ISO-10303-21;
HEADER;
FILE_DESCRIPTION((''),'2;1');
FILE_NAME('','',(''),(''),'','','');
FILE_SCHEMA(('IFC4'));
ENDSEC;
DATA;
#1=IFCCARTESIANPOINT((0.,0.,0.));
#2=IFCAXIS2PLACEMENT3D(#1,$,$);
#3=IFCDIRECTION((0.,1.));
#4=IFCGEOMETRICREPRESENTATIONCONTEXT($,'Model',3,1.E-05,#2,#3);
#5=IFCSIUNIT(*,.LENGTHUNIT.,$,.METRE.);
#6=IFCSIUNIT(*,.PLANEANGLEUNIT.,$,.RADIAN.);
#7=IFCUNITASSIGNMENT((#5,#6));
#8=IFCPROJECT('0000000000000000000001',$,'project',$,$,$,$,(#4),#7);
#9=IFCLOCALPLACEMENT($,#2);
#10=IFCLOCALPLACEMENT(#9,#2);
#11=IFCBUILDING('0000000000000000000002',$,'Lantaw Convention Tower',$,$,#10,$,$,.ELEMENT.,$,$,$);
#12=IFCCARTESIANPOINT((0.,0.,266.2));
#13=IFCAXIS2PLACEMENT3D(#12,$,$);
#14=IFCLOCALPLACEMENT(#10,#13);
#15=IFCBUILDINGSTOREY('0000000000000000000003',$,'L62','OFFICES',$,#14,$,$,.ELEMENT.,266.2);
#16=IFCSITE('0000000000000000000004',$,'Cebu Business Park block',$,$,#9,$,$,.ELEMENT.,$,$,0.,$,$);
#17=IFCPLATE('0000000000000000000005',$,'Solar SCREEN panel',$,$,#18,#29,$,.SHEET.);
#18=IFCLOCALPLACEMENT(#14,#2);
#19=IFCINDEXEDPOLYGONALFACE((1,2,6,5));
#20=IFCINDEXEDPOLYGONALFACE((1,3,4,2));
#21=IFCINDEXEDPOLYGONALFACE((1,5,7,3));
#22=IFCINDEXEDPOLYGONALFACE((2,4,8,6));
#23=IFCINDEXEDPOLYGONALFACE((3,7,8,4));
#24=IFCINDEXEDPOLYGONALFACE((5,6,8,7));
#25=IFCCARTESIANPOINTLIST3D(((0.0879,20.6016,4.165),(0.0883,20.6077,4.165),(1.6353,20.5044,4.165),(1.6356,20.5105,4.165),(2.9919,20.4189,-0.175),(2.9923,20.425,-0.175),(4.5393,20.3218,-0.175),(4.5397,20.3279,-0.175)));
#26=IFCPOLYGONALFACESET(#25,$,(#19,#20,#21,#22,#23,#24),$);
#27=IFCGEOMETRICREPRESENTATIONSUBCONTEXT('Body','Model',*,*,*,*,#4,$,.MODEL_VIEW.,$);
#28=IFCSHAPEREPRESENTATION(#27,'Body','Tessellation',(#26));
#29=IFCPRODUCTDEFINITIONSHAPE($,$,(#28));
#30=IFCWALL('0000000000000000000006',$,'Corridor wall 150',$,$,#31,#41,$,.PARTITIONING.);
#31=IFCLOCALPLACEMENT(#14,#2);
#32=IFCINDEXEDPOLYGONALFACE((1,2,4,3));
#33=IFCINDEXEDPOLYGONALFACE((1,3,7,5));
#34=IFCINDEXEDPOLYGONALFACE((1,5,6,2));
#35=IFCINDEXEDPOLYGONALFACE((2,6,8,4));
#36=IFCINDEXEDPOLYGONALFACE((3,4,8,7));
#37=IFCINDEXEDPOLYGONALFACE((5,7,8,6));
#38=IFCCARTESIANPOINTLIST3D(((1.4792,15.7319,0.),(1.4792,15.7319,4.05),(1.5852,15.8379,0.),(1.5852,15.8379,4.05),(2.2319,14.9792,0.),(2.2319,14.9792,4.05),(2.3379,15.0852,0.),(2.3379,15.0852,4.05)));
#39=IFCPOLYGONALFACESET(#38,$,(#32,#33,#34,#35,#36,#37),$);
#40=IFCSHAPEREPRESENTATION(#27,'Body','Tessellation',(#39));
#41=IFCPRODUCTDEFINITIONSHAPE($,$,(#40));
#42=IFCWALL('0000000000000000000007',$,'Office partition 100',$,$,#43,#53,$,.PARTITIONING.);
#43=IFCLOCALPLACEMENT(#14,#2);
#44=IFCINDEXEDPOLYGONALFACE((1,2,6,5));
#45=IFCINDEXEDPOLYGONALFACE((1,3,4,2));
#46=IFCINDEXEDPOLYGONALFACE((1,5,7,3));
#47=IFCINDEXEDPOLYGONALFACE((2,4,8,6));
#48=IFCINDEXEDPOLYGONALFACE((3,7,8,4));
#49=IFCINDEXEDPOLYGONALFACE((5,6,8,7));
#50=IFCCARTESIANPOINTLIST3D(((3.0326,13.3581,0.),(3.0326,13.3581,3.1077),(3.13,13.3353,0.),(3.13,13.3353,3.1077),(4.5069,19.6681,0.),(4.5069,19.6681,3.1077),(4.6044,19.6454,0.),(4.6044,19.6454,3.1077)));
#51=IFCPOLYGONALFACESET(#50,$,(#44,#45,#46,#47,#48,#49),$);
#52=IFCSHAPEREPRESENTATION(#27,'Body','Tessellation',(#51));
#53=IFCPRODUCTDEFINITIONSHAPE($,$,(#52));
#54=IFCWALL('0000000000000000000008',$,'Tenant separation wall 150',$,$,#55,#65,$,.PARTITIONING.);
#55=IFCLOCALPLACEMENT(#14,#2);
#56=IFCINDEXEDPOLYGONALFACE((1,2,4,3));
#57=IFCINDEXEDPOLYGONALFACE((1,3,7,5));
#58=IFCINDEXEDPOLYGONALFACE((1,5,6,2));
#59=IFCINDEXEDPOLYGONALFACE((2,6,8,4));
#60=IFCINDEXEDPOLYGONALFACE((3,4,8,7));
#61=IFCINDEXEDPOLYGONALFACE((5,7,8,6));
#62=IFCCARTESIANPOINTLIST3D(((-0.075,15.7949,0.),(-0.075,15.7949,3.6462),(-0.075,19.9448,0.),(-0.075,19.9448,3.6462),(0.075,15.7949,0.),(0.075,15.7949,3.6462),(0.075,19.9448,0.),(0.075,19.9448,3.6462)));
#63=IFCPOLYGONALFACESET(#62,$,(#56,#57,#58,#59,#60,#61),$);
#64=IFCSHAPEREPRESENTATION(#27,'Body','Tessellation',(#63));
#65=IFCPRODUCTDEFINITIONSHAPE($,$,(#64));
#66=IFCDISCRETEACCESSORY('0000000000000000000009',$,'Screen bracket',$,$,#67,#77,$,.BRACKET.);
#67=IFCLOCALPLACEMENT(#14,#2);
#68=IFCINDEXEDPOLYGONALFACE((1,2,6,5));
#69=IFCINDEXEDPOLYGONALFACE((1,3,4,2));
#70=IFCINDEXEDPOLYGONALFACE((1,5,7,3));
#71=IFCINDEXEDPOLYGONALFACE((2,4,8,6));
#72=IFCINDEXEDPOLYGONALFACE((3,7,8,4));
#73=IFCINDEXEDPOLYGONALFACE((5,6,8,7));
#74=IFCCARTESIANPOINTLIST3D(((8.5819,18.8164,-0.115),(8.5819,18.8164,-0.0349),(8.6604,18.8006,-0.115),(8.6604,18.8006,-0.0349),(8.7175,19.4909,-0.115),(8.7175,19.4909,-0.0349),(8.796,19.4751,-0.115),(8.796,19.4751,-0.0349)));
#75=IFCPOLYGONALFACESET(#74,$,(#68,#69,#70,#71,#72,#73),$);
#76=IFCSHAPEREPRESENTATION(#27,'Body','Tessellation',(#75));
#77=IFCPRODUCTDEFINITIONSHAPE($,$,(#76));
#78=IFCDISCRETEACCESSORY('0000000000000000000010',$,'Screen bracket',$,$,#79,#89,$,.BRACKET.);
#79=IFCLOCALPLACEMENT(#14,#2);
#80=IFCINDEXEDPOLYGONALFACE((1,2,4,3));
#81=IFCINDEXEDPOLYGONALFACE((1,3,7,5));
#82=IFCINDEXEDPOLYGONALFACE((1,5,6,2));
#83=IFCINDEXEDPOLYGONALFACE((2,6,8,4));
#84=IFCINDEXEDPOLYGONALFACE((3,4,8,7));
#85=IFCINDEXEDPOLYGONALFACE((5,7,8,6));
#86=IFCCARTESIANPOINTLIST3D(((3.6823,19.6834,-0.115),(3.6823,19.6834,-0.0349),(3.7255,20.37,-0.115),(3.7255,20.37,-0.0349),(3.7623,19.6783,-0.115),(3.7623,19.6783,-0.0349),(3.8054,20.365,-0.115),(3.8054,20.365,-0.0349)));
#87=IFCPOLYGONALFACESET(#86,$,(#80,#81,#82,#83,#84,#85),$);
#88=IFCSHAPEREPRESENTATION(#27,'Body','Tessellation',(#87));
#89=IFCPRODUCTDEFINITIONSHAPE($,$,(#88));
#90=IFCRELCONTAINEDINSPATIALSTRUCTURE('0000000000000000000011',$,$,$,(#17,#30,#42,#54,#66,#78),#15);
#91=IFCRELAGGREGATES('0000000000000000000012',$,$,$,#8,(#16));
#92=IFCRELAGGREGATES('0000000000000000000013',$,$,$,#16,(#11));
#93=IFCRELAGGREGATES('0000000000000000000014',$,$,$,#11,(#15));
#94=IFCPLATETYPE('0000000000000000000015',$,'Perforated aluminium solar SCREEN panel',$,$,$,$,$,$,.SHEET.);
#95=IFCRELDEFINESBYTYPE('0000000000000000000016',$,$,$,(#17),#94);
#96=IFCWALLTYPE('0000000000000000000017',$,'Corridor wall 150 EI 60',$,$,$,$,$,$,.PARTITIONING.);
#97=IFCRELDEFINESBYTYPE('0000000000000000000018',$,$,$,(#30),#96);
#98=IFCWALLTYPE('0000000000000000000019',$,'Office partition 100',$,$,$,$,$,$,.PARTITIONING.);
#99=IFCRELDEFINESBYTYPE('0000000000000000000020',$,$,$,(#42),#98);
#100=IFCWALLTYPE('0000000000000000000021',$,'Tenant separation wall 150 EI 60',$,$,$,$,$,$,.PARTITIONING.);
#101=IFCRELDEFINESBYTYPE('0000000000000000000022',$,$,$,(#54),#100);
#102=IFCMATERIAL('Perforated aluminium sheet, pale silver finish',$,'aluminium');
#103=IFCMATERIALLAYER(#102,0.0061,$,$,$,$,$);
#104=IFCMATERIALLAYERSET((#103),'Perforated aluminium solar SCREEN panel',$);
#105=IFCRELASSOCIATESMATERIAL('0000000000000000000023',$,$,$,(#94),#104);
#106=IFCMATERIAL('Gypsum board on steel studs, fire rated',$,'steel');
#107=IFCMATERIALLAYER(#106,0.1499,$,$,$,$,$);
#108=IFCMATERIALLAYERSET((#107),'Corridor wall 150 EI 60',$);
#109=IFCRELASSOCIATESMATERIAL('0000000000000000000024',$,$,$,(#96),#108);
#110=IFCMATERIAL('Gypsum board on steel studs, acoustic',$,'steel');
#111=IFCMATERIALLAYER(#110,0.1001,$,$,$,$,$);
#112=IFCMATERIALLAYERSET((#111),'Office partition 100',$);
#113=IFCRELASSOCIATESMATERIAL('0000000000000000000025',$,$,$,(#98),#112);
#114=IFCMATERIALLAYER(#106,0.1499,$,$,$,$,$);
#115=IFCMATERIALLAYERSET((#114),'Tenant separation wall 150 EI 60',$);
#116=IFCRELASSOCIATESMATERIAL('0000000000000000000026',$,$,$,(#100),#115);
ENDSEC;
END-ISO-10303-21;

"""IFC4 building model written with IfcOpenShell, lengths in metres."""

from ifc_helpers import new_model, si_unit, direction, frame, frame_2d, origin, origin_2d, place, context, subcontext, project, spatial, polyline, rectangle, outline, extrude, material, layer, layer_set, type_object, element, save


model = new_model("IFC4")

# Units and contexts
model_context = context("Model", 3, precision=1e-05, world=origin(), true_north=direction((0.0, 1.0)))
body_context = subcontext(model_context, "Body", "Model", "MODEL_VIEW")
ifc_project = project(units=[si_unit("LENGTHUNIT", "METRE"), si_unit("PLANEANGLEUNIT", "RADIAN")], contexts=[model_context])

# Site, building, storey
site_placement = place(None, origin())
site = spatial("IfcSite", under=ifc_project, at=site_placement, Name="Cebu Business Park block", CompositionType="ELEMENT", RefElevation=0.0)
building_placement = place(site_placement, origin())
building = spatial("IfcBuilding", under=site, at=building_placement, Name="Lantaw Convention Tower", CompositionType="ELEMENT")
storey_placement = place(building_placement, frame((0.0, 0.0, 266.2)))
storey = spatial("IfcBuildingStorey", under=building, at=storey_placement, Name="L62", Description="OFFICES", CompositionType="ELEMENT", Elevation=266.2)

# Plate
ifc_material_1 = material(Name="Perforated aluminium sheet, pale silver finish", Category="aluminium")
ifc_layer_1 = layer(ifc_material_1, 0.0061)
ifc_layer_set_1 = layer_set([ifc_layer_1], Name="Perforated aluminium solar SCREEN panel")
plate_type_1 = type_object("IfcPlateType", Name="Perforated aluminium solar SCREEN panel", PredefinedType="SHEET", material=ifc_layer_set_1)
plate_1_placement = place(storey_placement, frame((4.5393, 20.3218, -0.175), z_axis=(-0.062672, -0.998034, 0.000059), x_axis=(-0.998034, 0.062672, 0.0)))
element("IfcPlate", 1, at=plate_1_placement, inside=storey, type_object=plate_type_1, Name="Solar SCREEN panel", PredefinedType="SHEET", context=body_context, shape_type="SweptSolid", body=[
    extrude(outline(polyline([(0.0, 0.0), (1.5504, 0.0), (4.4602, -4.3401), (2.9098, -4.3401), (0.0, 0.0)])), origin(), (0.0, 0.0, -1.0), 0.0061),
])

# Walls
ifc_material_2 = material(Name="Gypsum board on steel studs, fire rated", Category="steel")
ifc_layer_2 = layer(ifc_material_2, 0.1499)
ifc_layer_set_2 = layer_set([ifc_layer_2], Name="Corridor wall 150 EI 60")
wall_type_1 = type_object("IfcWallType", Name="Corridor wall 150 EI 60", PredefinedType="PARTITIONING", material=ifc_layer_set_2)
wall_1_placement = place(storey_placement, frame((1.5322, 15.7849, 0.0), z_axis=(0.0, 0.0, 1.0), x_axis=(0.707107, -0.707107, 0.0)))
element("IfcWall", 2, at=wall_1_placement, inside=storey, type_object=wall_type_1, Name="Corridor wall 150", PredefinedType="PARTITIONING", context=body_context, shape_type="SweptSolid", body=[
    extrude(rectangle(XDim=1.0645, YDim=0.1499, at=frame_2d((0.5322, 0.0))), origin(), (0.0, 0.0, 1.0), 4.05),
])
ifc_material_3 = material(Name="Gypsum board on steel studs, acoustic", Category="steel")
ifc_layer_3 = layer(ifc_material_3, 0.1001)
ifc_layer_set_3 = layer_set([ifc_layer_3], Name="Office partition 100")
wall_type_2 = type_object("IfcWallType", Name="Office partition 100", PredefinedType="PARTITIONING", material=ifc_layer_set_3)
wall_2_placement = place(storey_placement, frame((4.5557, 19.6567, 0.0), z_axis=(0.0, 0.0, 1.0), x_axis=(-0.227525, -0.973772, 0.0)))
element("IfcWall", 3, at=wall_2_placement, inside=storey, type_object=wall_type_2, Name="Office partition 100", PredefinedType="PARTITIONING", context=body_context, shape_type="SweptSolid", body=[
    extrude(rectangle(XDim=6.48, YDim=0.1001, at=frame_2d((3.24, 0.0))), origin(), (0.0, 0.0, 1.0), 3.1077),
])
ifc_layer_4 = layer(ifc_material_2, 0.1499)
ifc_layer_set_4 = layer_set([ifc_layer_4], Name="Tenant separation wall 150 EI 60")
wall_type_3 = type_object("IfcWallType", Name="Tenant separation wall 150 EI 60", PredefinedType="PARTITIONING", material=ifc_layer_set_4)
wall_3_placement = place(storey_placement, frame((0.0, 19.9448, 0.0), z_axis=(0.0, 0.0, 1.0), x_axis=(0.0, -1.0, 0.0)))
element("IfcWall", 4, at=wall_3_placement, inside=storey, type_object=wall_type_3, Name="Tenant separation wall 150", PredefinedType="PARTITIONING", context=body_context, shape_type="SweptSolid", body=[
    extrude(rectangle(XDim=4.1499, YDim=0.1499, at=frame_2d((2.075, 0.0))), origin(), (0.0, 0.0, 1.0), 3.6462),
])

# Discrete accessories
for number, where, z_axis, x_axis, name in (
    (5, (8.689, 19.1458, -0.115), (0.0, 0.0, 1.0), (-0.980367, 0.197183, 0.0), "Screen bracket"),
    (6, (3.7439, 20.0242, -0.115), (0.0, 0.0, 1.0), (-0.998029, 0.062758, 0.0), "Screen bracket"),
):
    element("IfcDiscreteAccessory", number, at=place(storey_placement, frame(where, z_axis=z_axis, x_axis=x_axis)), inside=storey, Name=name, PredefinedType="BRACKET", context=body_context, shape_type="SweptSolid", body=[
        extrude(rectangle(XDim=0.0801, YDim=0.688, at=origin_2d()), origin(), (0.0, 0.0, 1.0), 0.0801),
    ])

save(model, "model.ifc")
